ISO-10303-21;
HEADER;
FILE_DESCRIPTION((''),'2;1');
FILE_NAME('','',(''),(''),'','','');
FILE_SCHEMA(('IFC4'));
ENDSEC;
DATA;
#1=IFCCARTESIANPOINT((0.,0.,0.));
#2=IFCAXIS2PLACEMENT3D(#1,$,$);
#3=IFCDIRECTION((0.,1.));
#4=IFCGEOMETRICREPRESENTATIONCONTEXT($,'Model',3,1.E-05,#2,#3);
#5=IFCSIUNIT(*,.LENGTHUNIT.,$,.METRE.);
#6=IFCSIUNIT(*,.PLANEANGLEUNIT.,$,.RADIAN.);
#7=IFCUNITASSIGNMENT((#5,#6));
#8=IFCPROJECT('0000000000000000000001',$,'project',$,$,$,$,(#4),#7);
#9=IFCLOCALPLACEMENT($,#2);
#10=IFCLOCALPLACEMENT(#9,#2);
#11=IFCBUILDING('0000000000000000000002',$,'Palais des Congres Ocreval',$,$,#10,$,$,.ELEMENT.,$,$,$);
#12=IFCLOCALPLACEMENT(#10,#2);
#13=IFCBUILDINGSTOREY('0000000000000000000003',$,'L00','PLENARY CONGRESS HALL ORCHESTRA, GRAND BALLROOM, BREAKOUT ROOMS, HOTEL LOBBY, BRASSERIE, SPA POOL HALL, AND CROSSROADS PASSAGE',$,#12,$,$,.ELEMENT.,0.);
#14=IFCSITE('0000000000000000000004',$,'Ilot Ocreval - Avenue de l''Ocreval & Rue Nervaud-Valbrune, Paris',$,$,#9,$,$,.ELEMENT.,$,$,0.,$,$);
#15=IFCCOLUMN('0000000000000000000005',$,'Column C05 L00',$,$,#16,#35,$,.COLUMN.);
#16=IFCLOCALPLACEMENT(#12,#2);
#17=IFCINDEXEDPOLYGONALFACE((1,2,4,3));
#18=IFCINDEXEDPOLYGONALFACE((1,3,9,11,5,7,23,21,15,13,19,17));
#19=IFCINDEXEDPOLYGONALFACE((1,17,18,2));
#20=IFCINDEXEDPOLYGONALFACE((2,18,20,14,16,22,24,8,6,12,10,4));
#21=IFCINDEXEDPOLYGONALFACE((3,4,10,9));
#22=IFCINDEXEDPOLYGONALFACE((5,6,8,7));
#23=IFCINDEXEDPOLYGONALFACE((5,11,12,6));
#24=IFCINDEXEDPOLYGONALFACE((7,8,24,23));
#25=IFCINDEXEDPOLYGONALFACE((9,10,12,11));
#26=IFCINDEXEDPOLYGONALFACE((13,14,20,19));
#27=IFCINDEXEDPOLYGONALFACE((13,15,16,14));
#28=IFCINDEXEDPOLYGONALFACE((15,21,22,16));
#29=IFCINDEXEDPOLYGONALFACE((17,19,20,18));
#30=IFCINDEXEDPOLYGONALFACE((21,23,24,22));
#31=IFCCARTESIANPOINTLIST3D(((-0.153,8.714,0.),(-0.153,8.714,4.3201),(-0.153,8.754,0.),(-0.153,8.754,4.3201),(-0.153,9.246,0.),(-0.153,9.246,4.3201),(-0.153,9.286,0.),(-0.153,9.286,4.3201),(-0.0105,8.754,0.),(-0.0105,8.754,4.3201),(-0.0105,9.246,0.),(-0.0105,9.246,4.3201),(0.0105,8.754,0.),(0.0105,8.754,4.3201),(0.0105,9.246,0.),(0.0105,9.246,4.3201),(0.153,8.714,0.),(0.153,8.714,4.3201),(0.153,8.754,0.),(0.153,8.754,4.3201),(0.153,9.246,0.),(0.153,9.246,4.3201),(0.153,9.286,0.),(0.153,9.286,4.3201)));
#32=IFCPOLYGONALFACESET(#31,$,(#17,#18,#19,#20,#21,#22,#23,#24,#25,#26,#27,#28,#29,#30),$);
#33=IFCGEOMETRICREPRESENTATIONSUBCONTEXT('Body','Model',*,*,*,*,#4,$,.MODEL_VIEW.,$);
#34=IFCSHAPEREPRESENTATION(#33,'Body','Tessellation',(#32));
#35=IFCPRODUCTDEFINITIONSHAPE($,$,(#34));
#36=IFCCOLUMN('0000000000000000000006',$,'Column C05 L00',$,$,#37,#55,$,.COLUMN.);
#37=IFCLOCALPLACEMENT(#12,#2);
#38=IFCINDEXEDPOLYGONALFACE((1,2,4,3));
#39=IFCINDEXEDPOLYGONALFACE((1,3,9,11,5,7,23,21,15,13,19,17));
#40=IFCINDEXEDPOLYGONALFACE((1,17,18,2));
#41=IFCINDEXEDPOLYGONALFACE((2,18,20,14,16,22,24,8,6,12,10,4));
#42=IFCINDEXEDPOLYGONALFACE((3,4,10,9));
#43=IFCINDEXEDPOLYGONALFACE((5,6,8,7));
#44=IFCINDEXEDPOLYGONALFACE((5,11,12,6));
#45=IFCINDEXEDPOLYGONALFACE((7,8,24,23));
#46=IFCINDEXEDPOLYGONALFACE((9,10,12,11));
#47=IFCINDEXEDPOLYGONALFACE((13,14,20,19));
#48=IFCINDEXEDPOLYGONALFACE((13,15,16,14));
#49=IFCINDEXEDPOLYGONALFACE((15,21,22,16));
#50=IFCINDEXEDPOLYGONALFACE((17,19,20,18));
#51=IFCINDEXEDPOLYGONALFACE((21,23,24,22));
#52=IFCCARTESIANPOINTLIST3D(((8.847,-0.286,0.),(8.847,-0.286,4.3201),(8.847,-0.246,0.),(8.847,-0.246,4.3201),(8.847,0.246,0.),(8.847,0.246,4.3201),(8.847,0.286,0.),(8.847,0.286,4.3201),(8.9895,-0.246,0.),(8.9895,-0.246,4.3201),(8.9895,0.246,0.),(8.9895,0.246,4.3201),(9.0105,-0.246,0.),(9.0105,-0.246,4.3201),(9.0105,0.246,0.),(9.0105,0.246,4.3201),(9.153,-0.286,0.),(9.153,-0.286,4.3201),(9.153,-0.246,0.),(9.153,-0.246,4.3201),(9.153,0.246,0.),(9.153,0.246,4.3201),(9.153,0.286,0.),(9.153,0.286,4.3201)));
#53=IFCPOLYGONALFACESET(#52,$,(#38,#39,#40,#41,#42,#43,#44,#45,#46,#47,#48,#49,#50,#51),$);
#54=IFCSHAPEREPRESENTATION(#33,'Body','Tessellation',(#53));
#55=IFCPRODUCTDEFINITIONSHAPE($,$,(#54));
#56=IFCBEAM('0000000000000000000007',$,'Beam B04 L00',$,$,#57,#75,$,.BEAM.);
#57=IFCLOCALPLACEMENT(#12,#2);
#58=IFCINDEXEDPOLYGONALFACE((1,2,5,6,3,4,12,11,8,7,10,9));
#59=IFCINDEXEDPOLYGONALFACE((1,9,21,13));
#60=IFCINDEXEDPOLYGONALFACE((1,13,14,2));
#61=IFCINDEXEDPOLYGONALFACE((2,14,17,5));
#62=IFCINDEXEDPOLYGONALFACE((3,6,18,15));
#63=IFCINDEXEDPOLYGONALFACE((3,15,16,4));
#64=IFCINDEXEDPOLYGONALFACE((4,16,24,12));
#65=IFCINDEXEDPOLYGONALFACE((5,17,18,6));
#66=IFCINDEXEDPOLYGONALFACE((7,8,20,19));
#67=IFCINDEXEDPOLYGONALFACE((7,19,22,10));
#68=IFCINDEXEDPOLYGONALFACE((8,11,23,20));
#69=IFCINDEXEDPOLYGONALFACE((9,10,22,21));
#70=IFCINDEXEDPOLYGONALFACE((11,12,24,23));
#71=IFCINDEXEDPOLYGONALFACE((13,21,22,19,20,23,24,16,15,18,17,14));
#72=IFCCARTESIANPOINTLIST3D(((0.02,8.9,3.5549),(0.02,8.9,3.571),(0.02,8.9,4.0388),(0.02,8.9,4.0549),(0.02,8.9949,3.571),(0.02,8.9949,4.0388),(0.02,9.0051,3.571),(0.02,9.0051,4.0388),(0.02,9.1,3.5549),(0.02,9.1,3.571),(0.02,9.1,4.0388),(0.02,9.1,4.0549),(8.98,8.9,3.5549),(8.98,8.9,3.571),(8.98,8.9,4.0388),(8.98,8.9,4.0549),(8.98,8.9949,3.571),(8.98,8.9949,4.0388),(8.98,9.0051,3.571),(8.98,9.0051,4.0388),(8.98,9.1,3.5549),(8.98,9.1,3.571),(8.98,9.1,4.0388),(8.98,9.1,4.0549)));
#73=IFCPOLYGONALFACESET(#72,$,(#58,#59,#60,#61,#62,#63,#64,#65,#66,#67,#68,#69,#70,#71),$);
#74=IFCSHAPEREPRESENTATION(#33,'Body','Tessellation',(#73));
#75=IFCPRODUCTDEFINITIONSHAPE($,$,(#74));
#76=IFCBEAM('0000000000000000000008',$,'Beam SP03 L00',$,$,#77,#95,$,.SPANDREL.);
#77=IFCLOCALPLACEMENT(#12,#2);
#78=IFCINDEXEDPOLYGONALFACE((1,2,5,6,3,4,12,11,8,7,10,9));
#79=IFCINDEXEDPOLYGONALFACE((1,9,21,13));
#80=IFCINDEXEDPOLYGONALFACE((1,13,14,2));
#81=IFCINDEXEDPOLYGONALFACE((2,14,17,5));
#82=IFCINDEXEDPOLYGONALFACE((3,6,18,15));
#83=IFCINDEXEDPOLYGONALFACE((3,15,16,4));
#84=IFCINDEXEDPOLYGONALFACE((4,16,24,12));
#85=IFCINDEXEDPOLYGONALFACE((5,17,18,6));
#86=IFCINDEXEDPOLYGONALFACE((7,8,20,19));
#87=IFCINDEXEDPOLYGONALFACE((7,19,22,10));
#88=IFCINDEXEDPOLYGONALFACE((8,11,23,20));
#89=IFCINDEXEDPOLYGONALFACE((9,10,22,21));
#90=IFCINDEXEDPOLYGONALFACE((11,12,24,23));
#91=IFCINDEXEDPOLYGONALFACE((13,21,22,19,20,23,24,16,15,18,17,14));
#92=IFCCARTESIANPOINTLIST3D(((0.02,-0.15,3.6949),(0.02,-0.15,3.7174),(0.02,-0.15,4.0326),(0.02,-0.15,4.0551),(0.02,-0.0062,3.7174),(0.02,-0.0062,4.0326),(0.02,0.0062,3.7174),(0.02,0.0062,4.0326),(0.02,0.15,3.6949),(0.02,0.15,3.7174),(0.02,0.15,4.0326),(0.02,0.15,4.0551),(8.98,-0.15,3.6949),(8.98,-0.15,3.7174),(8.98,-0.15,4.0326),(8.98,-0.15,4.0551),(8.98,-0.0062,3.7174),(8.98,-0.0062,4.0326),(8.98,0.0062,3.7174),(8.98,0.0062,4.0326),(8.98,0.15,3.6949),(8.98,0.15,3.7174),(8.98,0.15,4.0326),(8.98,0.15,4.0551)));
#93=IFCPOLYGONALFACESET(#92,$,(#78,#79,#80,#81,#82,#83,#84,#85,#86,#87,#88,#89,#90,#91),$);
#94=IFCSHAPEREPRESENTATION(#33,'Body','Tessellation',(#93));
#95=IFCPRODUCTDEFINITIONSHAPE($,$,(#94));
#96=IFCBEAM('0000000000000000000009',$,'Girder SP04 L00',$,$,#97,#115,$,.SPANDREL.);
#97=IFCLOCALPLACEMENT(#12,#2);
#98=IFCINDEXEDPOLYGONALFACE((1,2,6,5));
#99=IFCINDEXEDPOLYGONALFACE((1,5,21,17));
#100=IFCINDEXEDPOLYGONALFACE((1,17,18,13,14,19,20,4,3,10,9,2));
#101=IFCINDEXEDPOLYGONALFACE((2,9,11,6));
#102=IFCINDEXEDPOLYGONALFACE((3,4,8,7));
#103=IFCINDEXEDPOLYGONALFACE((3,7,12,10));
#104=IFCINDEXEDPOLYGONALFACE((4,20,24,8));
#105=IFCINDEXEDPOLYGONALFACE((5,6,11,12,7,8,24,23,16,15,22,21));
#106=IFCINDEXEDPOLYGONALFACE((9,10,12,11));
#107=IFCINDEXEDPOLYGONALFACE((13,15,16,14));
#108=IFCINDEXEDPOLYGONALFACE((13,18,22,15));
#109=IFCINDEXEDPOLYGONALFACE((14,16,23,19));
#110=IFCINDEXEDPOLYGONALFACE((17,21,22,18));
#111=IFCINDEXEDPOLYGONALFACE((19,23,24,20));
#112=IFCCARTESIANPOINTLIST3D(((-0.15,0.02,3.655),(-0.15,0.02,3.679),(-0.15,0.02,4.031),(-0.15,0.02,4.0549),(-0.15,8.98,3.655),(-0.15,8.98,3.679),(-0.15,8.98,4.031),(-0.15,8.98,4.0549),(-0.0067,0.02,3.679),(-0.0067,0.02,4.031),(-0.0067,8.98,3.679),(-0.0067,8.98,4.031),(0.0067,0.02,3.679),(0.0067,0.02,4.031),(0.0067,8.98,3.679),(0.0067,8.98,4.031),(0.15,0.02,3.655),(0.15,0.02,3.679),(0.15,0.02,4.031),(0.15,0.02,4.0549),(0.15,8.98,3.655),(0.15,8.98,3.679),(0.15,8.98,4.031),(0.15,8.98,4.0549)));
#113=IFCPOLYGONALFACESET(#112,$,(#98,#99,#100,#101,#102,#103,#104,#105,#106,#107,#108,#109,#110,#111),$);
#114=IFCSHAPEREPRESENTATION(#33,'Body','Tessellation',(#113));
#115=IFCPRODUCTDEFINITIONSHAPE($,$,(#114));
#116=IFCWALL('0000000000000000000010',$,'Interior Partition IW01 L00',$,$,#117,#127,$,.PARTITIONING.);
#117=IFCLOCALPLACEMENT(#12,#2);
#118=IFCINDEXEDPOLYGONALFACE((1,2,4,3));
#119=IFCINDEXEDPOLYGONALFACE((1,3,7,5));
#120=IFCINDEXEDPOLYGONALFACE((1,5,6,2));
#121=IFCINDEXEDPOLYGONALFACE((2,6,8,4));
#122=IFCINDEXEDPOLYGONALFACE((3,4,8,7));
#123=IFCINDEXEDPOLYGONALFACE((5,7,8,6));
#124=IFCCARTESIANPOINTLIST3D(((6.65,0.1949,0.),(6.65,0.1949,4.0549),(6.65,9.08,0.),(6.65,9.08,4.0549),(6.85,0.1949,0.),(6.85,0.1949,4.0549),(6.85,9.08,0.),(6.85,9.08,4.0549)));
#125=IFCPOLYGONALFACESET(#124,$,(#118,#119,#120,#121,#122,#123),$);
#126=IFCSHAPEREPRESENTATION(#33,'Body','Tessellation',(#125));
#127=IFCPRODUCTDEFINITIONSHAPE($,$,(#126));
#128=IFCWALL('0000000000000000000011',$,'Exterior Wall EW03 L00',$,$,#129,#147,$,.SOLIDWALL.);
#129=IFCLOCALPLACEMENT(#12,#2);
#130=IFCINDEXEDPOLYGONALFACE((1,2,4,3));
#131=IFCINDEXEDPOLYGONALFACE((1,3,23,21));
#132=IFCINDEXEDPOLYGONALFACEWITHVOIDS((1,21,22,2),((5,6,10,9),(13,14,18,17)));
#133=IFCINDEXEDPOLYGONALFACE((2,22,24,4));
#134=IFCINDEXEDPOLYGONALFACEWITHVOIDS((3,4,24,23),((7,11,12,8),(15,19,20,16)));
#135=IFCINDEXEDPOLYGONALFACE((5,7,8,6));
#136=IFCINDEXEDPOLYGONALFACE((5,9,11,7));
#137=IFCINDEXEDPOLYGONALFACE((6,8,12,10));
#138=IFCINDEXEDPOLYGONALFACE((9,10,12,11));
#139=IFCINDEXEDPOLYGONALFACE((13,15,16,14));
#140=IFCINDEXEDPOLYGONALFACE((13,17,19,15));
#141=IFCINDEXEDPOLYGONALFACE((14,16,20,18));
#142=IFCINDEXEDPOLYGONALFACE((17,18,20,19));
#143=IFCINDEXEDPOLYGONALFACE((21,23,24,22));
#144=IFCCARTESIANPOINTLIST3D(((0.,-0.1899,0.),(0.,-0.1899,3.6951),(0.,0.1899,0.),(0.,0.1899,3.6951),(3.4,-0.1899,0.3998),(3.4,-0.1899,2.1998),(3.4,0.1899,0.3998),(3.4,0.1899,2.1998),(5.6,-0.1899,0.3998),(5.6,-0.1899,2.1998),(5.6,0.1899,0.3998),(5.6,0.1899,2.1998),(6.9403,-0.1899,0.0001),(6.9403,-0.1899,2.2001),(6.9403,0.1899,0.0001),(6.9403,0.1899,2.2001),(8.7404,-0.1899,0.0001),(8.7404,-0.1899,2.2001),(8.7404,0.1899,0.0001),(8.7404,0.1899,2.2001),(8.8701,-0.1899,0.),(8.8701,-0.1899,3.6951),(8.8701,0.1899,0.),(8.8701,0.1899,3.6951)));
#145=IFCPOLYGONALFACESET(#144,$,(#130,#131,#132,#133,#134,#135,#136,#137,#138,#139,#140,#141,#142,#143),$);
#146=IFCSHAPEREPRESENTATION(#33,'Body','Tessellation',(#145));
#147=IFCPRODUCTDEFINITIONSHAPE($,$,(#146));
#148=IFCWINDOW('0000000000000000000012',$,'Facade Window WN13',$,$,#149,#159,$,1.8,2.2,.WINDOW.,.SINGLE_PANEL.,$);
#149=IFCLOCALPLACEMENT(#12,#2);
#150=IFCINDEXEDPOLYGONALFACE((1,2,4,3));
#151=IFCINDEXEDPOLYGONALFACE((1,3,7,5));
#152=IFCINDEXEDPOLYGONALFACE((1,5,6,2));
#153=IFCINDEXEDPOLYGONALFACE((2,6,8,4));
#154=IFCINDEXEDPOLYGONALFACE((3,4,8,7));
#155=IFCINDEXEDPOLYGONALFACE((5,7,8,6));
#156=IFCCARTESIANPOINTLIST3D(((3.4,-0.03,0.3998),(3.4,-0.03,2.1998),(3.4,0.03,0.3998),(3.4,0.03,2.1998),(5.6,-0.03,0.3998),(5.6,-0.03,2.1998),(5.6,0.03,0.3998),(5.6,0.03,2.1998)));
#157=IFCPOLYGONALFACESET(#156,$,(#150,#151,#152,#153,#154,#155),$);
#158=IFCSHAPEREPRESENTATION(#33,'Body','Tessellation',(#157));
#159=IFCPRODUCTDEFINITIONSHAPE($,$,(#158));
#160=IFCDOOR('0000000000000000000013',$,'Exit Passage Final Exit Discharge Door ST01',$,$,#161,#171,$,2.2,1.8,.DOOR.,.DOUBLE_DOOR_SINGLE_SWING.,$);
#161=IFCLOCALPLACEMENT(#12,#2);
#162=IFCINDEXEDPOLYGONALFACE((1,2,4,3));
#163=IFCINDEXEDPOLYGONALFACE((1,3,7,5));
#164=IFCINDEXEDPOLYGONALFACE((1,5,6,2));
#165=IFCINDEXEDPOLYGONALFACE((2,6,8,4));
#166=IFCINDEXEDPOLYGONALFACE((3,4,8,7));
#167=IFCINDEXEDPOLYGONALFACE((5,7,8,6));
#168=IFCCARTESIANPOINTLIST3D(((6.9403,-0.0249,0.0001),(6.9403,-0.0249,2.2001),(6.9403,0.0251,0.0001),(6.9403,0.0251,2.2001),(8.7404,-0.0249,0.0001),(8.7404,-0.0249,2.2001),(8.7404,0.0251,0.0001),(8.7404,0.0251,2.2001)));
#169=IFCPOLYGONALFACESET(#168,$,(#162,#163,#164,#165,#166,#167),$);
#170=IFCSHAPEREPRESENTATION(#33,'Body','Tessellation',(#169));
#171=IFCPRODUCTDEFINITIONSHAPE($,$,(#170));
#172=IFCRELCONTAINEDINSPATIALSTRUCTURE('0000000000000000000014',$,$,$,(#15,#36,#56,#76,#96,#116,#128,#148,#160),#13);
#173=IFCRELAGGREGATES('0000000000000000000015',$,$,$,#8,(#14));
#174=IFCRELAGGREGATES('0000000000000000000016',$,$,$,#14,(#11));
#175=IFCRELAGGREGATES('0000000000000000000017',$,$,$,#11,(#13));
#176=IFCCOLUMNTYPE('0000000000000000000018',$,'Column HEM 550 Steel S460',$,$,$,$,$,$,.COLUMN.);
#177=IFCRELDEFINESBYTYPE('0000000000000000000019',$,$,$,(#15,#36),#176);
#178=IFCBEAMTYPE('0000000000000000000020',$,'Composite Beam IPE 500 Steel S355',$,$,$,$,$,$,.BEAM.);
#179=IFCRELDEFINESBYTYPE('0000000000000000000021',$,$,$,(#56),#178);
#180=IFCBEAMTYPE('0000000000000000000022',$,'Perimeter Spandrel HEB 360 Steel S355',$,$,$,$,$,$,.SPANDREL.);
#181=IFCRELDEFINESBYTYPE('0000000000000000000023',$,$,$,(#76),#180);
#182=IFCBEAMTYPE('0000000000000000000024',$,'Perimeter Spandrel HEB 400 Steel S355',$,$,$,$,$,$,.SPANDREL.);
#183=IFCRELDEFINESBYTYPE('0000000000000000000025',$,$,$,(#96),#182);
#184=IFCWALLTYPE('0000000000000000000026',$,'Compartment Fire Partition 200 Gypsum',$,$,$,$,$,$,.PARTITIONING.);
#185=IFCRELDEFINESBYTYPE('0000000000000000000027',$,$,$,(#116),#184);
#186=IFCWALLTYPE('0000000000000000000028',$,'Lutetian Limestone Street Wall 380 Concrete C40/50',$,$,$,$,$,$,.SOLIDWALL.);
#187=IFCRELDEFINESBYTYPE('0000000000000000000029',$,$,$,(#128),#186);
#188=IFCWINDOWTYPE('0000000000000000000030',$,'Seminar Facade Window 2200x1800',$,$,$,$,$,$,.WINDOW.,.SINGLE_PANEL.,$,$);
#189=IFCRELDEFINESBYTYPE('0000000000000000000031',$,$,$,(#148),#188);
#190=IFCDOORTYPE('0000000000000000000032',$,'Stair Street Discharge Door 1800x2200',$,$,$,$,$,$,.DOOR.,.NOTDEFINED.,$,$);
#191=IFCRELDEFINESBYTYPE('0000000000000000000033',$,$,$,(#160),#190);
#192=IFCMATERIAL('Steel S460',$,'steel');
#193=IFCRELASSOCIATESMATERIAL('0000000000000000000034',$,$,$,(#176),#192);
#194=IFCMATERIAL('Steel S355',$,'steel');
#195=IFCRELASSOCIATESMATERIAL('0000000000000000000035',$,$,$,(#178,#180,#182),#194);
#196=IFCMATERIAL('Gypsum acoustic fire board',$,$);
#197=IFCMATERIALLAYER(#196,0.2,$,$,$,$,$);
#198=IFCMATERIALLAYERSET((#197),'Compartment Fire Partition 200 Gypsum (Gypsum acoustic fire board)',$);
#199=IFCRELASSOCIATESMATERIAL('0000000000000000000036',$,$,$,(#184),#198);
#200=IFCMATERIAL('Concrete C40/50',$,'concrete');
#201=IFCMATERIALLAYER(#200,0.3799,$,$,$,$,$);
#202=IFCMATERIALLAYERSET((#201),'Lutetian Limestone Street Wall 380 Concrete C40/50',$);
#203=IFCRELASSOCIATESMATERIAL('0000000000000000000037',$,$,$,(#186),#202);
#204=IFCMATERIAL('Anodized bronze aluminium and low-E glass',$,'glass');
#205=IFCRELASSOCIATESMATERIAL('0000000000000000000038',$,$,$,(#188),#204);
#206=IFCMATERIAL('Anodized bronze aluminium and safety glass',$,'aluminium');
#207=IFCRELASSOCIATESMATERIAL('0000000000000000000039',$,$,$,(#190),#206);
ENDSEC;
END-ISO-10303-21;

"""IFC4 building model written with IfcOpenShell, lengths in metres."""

from ifc_helpers import new_model, si_unit, direction, frame, frame_2d, origin, origin_2d, place, context, subcontext, project, spatial, rectangle, i_section, extrude, material, layer, layer_set, material_profile, profile_set, type_object, element, fill, save


model = new_model("IFC4")

# Units and contexts
model_context = context("Model", 3, precision=1e-05, world=origin(), true_north=direction((0.0, 1.0)))
body_context = subcontext(model_context, "Body", "Model", "MODEL_VIEW")
ifc_project = project(units=[si_unit("LENGTHUNIT", "METRE"), si_unit("PLANEANGLEUNIT", "RADIAN")], contexts=[model_context])

# Site, building, storey
site_placement = place(None, origin())
site = spatial("IfcSite", under=ifc_project, at=site_placement, Name="Ilot Ocreval - Avenue de l'Ocreval & Rue Nervaud-Valbrune, Paris", CompositionType="ELEMENT", RefElevation=0.0)
building_placement = place(site_placement, origin())
building = spatial("IfcBuilding", under=site, at=building_placement, Name="Palais des Congres Ocreval", CompositionType="ELEMENT")
storey_placement = place(building_placement, origin())
storey = spatial("IfcBuildingStorey", under=building, at=storey_placement, Name="L00", Description="PLENARY CONGRESS HALL ORCHESTRA, GRAND BALLROOM, BREAKOUT ROOMS, HOTEL LOBBY, BRASSERIE, SPA POOL HALL, AND CROSSROADS PASSAGE", CompositionType="ELEMENT", Elevation=0.0)

# Columns
ifc_material_1 = material(Name="Steel S460", Category="steel")
ifc_material_profile_1 = material_profile(ifc_material_1, i_section(OverallWidth=0.3059, OverallDepth=0.572, WebThickness=0.021, FlangeThickness=0.04, at=origin_2d()), Name="HEM 550")
ifc_profile_set_1 = profile_set([ifc_material_profile_1], Name="Steel S460")
column_type = type_object("IfcColumnType", Name="Column HEM 550 Steel S460", PredefinedType="COLUMN", material=ifc_profile_set_1)
for number, where, z_axis, x_axis, name in (
    (1, (0.0, 9.0, 0.0), (0.0, 0.0, 1.0), (1.0, 0.0, 0.0), "Column C05 L00"),
    (2, (9.0, 0.0, 0.0), (0.0, 0.0, 1.0), (1.0, 0.0, 0.0), "Column C05 L00"),
):
    element("IfcColumn", number, at=place(storey_placement, frame(where, z_axis=z_axis, x_axis=x_axis)), inside=storey, type_object=column_type, Name=name, PredefinedType="COLUMN", context=body_context, shape_type="SweptSolid", body=[
        extrude(i_section(OverallWidth=0.3059, OverallDepth=0.572, WebThickness=0.021, FlangeThickness=0.04, at=origin_2d()), origin(), (0.0, 0.0, 1.0), 4.3201),
    ])

# Beams
ifc_material_2 = material(Name="Steel S355", Category="steel")
ifc_material_profile_2 = material_profile(ifc_material_2, i_section(OverallWidth=0.2, OverallDepth=0.5, WebThickness=0.0103, FlangeThickness=0.0161, at=origin_2d()), Name="IPE 500")
ifc_profile_set_2 = profile_set([ifc_material_profile_2], Name="Steel S355")
beam_type_1 = type_object("IfcBeamType", Name="Composite Beam IPE 500 Steel S355", PredefinedType="BEAM", material=ifc_profile_set_2)
beam_1_placement = place(storey_placement, frame((0.02, 9.0, 3.8049), z_axis=(1.0, 0.0, 0.0), x_axis=(0.0, 1.0, 0.0)))
element("IfcBeam", 3, at=beam_1_placement, inside=storey, type_object=beam_type_1, Name="Beam B04 L00", PredefinedType="BEAM", context=body_context, shape_type="SweptSolid", body=[
    extrude(i_section(OverallWidth=0.2, OverallDepth=0.5, WebThickness=0.0103, FlangeThickness=0.0161, at=origin_2d()), origin(), (0.0, 0.0, 1.0), 8.96),
])
ifc_material_profile_3 = material_profile(ifc_material_2, i_section(OverallWidth=0.3, OverallDepth=0.3601, WebThickness=0.0125, FlangeThickness=0.0225, at=origin_2d()), Name="HEB 360")
ifc_profile_set_3 = profile_set([ifc_material_profile_3], Name="Steel S355")
beam_type_2 = type_object("IfcBeamType", Name="Perimeter Spandrel HEB 360 Steel S355", PredefinedType="SPANDREL", material=ifc_profile_set_3)
beam_2_placement = place(storey_placement, frame((0.02, 0.0, 3.875), z_axis=(1.0, 0.0, 0.0), x_axis=(0.0, 1.0, 0.0)))
element("IfcBeam", 4, at=beam_2_placement, inside=storey, type_object=beam_type_2, Name="Beam SP03 L00", PredefinedType="SPANDREL", context=body_context, shape_type="SweptSolid", body=[
    extrude(i_section(OverallWidth=0.3, OverallDepth=0.3601, WebThickness=0.0125, FlangeThickness=0.0225, at=origin_2d()), origin(), (0.0, 0.0, 1.0), 8.96),
])
ifc_material_profile_4 = material_profile(ifc_material_2, i_section(OverallWidth=0.3, OverallDepth=0.3999, WebThickness=0.0134, FlangeThickness=0.0239, at=origin_2d()), Name="HEB 400")
ifc_profile_set_4 = profile_set([ifc_material_profile_4], Name="Steel S355")
beam_type_3 = type_object("IfcBeamType", Name="Perimeter Spandrel HEB 400 Steel S355", PredefinedType="SPANDREL", material=ifc_profile_set_4)
beam_3_placement = place(storey_placement, frame((0.0, 0.02, 3.855), z_axis=(0.0, 1.0, 0.0), x_axis=(-1.0, 0.0, 0.0)))
element("IfcBeam", 5, at=beam_3_placement, inside=storey, type_object=beam_type_3, Name="Girder SP04 L00", PredefinedType="SPANDREL", context=body_context, shape_type="SweptSolid", body=[
    extrude(i_section(OverallWidth=0.3, OverallDepth=0.3999, WebThickness=0.0134, FlangeThickness=0.0239, at=origin_2d()), origin(), (0.0, 0.0, 1.0), 8.96),
])

# Wall
ifc_material_3 = material(Name="Gypsum acoustic fire board")
ifc_layer_1 = layer(ifc_material_3, 0.2)
ifc_layer_set_1 = layer_set([ifc_layer_1], Name="Compartment Fire Partition 200 Gypsum (Gypsum acoustic fire board)")
wall_type_1 = type_object("IfcWallType", Name="Compartment Fire Partition 200 Gypsum", PredefinedType="PARTITIONING", material=ifc_layer_set_1)
wall_1_placement = place(storey_placement, frame((6.75, 0.1951, 0.0), z_axis=(0.0, 0.0, 1.0), x_axis=(0.0, 1.0, 0.0)))
element("IfcWall", 6, at=wall_1_placement, inside=storey, type_object=wall_type_1, Name="Interior Partition IW01 L00", PredefinedType="PARTITIONING", context=body_context, shape_type="SweptSolid", body=[
    extrude(rectangle(XDim=8.885, YDim=0.2, at=frame_2d((4.4424, 0.0))), origin(), (0.0, 0.0, 1.0), 4.0549),
])

# Wall, openings, window, door
ifc_material_4 = material(Name="Concrete C40/50", Category="concrete")
ifc_layer_2 = layer(ifc_material_4, 0.3799)
ifc_layer_set_2 = layer_set([ifc_layer_2], Name="Lutetian Limestone Street Wall 380 Concrete C40/50")
wall_type_2 = type_object("IfcWallType", Name="Lutetian Limestone Street Wall 380 Concrete C40/50", PredefinedType="SOLIDWALL", material=ifc_layer_set_2)
wall_2_placement = place(storey_placement, frame((8.8701, 0.0, 0.0), z_axis=(0.0, 0.0, 1.0), x_axis=(-1.0, 0.0, 0.0)))
wall_2 = element("IfcWall", 7, at=wall_2_placement, inside=storey, type_object=wall_type_2, Name="Exterior Wall EW03 L00", PredefinedType="SOLIDWALL", context=body_context, shape_type="SweptSolid", body=[
    extrude(rectangle(XDim=8.8701, YDim=0.3799, at=frame_2d((4.4351, 0.0))), origin(), (0.0, 0.0, 1.0), 3.6951),
])
opening_1_placement = place(wall_2_placement, frame((0.1299, 0.0, 0.0)))
opening_1 = element("IfcOpeningElement", 8, at=opening_1_placement, cuts=wall_2, PredefinedType="OPENING", context=body_context, shape_type="SweptSolid", body=[
    extrude(rectangle(XDim=1.8, YDim=2.2, at=frame_2d((0.8999, 1.1001))), frame((0.0, 0.2, 0.0), z_axis=(0.0, -1.0, 0.0), x_axis=(1.0, 0.0, 0.0)), (0.0, 0.0, 1.0), 0.3999),
])
opening_2_placement = place(wall_2_placement, frame((3.27, 0.0, 0.3999)))
opening_2 = element("IfcOpeningElement", 9, at=opening_2_placement, cuts=wall_2, PredefinedType="OPENING", context=body_context, shape_type="SweptSolid", body=[
    extrude(rectangle(XDim=2.2, YDim=1.8, at=frame_2d((1.1001, 0.8999))), frame((0.0, 0.2, 0.0), z_axis=(0.0, -1.0, 0.0), x_axis=(1.0, 0.0, 0.0)), (0.0, 0.0, 1.0), 0.3999),
])
ifc_material_5 = material(Name="Anodized bronze aluminium and low-E glass", Category="glass")
window_type_1 = type_object("IfcWindowType", Name="Seminar Facade Window 2200x1800", PartitioningType="SINGLE_PANEL", PredefinedType="WINDOW", material=ifc_material_5)
window_1_placement = place(opening_2_placement, origin())
window_1 = element("IfcWindow", 10, at=window_1_placement, inside=storey, type_object=window_type_1, Name="Facade Window WN13", OverallHeight=1.8, OverallWidth=2.2, PartitioningType="SINGLE_PANEL", PredefinedType="WINDOW", context=body_context, shape_type="SweptSolid", body=[
    extrude(rectangle(XDim=2.2, YDim=1.8, at=frame_2d((1.1001, 0.8999))), frame((0.0, 0.03, 0.0), z_axis=(0.0, -1.0, 0.0), x_axis=(1.0, 0.0, 0.0)), (0.0, 0.0, 1.0), 0.0601),
])
fill(opening_2, window_1)
ifc_material_6 = material(Name="Anodized bronze aluminium and safety glass", Category="aluminium")
door_type_1 = type_object("IfcDoorType", Name="Stair Street Discharge Door 1800x2200", OperationType="NOTDEFINED", PredefinedType="DOOR", material=ifc_material_6)
door_1_placement = place(opening_1_placement, origin())
door_1 = element("IfcDoor", 11, at=door_1_placement, inside=storey, type_object=door_type_1, Name="Exit Passage Final Exit Discharge Door ST01", OperationType="DOUBLE_DOOR_SINGLE_SWING", OverallHeight=2.2, OverallWidth=1.8, PredefinedType="DOOR", context=body_context, shape_type="SweptSolid", body=[
    extrude(rectangle(XDim=1.8, YDim=2.2, at=frame_2d((0.8999, 1.1001))), frame((0.0, 0.0249, 0.0), z_axis=(0.0, -1.0, 0.0), x_axis=(1.0, 0.0, 0.0)), (0.0, 0.0, 1.0), 0.05),
])
fill(opening_1, door_1)

save(model, "model.ifc")
